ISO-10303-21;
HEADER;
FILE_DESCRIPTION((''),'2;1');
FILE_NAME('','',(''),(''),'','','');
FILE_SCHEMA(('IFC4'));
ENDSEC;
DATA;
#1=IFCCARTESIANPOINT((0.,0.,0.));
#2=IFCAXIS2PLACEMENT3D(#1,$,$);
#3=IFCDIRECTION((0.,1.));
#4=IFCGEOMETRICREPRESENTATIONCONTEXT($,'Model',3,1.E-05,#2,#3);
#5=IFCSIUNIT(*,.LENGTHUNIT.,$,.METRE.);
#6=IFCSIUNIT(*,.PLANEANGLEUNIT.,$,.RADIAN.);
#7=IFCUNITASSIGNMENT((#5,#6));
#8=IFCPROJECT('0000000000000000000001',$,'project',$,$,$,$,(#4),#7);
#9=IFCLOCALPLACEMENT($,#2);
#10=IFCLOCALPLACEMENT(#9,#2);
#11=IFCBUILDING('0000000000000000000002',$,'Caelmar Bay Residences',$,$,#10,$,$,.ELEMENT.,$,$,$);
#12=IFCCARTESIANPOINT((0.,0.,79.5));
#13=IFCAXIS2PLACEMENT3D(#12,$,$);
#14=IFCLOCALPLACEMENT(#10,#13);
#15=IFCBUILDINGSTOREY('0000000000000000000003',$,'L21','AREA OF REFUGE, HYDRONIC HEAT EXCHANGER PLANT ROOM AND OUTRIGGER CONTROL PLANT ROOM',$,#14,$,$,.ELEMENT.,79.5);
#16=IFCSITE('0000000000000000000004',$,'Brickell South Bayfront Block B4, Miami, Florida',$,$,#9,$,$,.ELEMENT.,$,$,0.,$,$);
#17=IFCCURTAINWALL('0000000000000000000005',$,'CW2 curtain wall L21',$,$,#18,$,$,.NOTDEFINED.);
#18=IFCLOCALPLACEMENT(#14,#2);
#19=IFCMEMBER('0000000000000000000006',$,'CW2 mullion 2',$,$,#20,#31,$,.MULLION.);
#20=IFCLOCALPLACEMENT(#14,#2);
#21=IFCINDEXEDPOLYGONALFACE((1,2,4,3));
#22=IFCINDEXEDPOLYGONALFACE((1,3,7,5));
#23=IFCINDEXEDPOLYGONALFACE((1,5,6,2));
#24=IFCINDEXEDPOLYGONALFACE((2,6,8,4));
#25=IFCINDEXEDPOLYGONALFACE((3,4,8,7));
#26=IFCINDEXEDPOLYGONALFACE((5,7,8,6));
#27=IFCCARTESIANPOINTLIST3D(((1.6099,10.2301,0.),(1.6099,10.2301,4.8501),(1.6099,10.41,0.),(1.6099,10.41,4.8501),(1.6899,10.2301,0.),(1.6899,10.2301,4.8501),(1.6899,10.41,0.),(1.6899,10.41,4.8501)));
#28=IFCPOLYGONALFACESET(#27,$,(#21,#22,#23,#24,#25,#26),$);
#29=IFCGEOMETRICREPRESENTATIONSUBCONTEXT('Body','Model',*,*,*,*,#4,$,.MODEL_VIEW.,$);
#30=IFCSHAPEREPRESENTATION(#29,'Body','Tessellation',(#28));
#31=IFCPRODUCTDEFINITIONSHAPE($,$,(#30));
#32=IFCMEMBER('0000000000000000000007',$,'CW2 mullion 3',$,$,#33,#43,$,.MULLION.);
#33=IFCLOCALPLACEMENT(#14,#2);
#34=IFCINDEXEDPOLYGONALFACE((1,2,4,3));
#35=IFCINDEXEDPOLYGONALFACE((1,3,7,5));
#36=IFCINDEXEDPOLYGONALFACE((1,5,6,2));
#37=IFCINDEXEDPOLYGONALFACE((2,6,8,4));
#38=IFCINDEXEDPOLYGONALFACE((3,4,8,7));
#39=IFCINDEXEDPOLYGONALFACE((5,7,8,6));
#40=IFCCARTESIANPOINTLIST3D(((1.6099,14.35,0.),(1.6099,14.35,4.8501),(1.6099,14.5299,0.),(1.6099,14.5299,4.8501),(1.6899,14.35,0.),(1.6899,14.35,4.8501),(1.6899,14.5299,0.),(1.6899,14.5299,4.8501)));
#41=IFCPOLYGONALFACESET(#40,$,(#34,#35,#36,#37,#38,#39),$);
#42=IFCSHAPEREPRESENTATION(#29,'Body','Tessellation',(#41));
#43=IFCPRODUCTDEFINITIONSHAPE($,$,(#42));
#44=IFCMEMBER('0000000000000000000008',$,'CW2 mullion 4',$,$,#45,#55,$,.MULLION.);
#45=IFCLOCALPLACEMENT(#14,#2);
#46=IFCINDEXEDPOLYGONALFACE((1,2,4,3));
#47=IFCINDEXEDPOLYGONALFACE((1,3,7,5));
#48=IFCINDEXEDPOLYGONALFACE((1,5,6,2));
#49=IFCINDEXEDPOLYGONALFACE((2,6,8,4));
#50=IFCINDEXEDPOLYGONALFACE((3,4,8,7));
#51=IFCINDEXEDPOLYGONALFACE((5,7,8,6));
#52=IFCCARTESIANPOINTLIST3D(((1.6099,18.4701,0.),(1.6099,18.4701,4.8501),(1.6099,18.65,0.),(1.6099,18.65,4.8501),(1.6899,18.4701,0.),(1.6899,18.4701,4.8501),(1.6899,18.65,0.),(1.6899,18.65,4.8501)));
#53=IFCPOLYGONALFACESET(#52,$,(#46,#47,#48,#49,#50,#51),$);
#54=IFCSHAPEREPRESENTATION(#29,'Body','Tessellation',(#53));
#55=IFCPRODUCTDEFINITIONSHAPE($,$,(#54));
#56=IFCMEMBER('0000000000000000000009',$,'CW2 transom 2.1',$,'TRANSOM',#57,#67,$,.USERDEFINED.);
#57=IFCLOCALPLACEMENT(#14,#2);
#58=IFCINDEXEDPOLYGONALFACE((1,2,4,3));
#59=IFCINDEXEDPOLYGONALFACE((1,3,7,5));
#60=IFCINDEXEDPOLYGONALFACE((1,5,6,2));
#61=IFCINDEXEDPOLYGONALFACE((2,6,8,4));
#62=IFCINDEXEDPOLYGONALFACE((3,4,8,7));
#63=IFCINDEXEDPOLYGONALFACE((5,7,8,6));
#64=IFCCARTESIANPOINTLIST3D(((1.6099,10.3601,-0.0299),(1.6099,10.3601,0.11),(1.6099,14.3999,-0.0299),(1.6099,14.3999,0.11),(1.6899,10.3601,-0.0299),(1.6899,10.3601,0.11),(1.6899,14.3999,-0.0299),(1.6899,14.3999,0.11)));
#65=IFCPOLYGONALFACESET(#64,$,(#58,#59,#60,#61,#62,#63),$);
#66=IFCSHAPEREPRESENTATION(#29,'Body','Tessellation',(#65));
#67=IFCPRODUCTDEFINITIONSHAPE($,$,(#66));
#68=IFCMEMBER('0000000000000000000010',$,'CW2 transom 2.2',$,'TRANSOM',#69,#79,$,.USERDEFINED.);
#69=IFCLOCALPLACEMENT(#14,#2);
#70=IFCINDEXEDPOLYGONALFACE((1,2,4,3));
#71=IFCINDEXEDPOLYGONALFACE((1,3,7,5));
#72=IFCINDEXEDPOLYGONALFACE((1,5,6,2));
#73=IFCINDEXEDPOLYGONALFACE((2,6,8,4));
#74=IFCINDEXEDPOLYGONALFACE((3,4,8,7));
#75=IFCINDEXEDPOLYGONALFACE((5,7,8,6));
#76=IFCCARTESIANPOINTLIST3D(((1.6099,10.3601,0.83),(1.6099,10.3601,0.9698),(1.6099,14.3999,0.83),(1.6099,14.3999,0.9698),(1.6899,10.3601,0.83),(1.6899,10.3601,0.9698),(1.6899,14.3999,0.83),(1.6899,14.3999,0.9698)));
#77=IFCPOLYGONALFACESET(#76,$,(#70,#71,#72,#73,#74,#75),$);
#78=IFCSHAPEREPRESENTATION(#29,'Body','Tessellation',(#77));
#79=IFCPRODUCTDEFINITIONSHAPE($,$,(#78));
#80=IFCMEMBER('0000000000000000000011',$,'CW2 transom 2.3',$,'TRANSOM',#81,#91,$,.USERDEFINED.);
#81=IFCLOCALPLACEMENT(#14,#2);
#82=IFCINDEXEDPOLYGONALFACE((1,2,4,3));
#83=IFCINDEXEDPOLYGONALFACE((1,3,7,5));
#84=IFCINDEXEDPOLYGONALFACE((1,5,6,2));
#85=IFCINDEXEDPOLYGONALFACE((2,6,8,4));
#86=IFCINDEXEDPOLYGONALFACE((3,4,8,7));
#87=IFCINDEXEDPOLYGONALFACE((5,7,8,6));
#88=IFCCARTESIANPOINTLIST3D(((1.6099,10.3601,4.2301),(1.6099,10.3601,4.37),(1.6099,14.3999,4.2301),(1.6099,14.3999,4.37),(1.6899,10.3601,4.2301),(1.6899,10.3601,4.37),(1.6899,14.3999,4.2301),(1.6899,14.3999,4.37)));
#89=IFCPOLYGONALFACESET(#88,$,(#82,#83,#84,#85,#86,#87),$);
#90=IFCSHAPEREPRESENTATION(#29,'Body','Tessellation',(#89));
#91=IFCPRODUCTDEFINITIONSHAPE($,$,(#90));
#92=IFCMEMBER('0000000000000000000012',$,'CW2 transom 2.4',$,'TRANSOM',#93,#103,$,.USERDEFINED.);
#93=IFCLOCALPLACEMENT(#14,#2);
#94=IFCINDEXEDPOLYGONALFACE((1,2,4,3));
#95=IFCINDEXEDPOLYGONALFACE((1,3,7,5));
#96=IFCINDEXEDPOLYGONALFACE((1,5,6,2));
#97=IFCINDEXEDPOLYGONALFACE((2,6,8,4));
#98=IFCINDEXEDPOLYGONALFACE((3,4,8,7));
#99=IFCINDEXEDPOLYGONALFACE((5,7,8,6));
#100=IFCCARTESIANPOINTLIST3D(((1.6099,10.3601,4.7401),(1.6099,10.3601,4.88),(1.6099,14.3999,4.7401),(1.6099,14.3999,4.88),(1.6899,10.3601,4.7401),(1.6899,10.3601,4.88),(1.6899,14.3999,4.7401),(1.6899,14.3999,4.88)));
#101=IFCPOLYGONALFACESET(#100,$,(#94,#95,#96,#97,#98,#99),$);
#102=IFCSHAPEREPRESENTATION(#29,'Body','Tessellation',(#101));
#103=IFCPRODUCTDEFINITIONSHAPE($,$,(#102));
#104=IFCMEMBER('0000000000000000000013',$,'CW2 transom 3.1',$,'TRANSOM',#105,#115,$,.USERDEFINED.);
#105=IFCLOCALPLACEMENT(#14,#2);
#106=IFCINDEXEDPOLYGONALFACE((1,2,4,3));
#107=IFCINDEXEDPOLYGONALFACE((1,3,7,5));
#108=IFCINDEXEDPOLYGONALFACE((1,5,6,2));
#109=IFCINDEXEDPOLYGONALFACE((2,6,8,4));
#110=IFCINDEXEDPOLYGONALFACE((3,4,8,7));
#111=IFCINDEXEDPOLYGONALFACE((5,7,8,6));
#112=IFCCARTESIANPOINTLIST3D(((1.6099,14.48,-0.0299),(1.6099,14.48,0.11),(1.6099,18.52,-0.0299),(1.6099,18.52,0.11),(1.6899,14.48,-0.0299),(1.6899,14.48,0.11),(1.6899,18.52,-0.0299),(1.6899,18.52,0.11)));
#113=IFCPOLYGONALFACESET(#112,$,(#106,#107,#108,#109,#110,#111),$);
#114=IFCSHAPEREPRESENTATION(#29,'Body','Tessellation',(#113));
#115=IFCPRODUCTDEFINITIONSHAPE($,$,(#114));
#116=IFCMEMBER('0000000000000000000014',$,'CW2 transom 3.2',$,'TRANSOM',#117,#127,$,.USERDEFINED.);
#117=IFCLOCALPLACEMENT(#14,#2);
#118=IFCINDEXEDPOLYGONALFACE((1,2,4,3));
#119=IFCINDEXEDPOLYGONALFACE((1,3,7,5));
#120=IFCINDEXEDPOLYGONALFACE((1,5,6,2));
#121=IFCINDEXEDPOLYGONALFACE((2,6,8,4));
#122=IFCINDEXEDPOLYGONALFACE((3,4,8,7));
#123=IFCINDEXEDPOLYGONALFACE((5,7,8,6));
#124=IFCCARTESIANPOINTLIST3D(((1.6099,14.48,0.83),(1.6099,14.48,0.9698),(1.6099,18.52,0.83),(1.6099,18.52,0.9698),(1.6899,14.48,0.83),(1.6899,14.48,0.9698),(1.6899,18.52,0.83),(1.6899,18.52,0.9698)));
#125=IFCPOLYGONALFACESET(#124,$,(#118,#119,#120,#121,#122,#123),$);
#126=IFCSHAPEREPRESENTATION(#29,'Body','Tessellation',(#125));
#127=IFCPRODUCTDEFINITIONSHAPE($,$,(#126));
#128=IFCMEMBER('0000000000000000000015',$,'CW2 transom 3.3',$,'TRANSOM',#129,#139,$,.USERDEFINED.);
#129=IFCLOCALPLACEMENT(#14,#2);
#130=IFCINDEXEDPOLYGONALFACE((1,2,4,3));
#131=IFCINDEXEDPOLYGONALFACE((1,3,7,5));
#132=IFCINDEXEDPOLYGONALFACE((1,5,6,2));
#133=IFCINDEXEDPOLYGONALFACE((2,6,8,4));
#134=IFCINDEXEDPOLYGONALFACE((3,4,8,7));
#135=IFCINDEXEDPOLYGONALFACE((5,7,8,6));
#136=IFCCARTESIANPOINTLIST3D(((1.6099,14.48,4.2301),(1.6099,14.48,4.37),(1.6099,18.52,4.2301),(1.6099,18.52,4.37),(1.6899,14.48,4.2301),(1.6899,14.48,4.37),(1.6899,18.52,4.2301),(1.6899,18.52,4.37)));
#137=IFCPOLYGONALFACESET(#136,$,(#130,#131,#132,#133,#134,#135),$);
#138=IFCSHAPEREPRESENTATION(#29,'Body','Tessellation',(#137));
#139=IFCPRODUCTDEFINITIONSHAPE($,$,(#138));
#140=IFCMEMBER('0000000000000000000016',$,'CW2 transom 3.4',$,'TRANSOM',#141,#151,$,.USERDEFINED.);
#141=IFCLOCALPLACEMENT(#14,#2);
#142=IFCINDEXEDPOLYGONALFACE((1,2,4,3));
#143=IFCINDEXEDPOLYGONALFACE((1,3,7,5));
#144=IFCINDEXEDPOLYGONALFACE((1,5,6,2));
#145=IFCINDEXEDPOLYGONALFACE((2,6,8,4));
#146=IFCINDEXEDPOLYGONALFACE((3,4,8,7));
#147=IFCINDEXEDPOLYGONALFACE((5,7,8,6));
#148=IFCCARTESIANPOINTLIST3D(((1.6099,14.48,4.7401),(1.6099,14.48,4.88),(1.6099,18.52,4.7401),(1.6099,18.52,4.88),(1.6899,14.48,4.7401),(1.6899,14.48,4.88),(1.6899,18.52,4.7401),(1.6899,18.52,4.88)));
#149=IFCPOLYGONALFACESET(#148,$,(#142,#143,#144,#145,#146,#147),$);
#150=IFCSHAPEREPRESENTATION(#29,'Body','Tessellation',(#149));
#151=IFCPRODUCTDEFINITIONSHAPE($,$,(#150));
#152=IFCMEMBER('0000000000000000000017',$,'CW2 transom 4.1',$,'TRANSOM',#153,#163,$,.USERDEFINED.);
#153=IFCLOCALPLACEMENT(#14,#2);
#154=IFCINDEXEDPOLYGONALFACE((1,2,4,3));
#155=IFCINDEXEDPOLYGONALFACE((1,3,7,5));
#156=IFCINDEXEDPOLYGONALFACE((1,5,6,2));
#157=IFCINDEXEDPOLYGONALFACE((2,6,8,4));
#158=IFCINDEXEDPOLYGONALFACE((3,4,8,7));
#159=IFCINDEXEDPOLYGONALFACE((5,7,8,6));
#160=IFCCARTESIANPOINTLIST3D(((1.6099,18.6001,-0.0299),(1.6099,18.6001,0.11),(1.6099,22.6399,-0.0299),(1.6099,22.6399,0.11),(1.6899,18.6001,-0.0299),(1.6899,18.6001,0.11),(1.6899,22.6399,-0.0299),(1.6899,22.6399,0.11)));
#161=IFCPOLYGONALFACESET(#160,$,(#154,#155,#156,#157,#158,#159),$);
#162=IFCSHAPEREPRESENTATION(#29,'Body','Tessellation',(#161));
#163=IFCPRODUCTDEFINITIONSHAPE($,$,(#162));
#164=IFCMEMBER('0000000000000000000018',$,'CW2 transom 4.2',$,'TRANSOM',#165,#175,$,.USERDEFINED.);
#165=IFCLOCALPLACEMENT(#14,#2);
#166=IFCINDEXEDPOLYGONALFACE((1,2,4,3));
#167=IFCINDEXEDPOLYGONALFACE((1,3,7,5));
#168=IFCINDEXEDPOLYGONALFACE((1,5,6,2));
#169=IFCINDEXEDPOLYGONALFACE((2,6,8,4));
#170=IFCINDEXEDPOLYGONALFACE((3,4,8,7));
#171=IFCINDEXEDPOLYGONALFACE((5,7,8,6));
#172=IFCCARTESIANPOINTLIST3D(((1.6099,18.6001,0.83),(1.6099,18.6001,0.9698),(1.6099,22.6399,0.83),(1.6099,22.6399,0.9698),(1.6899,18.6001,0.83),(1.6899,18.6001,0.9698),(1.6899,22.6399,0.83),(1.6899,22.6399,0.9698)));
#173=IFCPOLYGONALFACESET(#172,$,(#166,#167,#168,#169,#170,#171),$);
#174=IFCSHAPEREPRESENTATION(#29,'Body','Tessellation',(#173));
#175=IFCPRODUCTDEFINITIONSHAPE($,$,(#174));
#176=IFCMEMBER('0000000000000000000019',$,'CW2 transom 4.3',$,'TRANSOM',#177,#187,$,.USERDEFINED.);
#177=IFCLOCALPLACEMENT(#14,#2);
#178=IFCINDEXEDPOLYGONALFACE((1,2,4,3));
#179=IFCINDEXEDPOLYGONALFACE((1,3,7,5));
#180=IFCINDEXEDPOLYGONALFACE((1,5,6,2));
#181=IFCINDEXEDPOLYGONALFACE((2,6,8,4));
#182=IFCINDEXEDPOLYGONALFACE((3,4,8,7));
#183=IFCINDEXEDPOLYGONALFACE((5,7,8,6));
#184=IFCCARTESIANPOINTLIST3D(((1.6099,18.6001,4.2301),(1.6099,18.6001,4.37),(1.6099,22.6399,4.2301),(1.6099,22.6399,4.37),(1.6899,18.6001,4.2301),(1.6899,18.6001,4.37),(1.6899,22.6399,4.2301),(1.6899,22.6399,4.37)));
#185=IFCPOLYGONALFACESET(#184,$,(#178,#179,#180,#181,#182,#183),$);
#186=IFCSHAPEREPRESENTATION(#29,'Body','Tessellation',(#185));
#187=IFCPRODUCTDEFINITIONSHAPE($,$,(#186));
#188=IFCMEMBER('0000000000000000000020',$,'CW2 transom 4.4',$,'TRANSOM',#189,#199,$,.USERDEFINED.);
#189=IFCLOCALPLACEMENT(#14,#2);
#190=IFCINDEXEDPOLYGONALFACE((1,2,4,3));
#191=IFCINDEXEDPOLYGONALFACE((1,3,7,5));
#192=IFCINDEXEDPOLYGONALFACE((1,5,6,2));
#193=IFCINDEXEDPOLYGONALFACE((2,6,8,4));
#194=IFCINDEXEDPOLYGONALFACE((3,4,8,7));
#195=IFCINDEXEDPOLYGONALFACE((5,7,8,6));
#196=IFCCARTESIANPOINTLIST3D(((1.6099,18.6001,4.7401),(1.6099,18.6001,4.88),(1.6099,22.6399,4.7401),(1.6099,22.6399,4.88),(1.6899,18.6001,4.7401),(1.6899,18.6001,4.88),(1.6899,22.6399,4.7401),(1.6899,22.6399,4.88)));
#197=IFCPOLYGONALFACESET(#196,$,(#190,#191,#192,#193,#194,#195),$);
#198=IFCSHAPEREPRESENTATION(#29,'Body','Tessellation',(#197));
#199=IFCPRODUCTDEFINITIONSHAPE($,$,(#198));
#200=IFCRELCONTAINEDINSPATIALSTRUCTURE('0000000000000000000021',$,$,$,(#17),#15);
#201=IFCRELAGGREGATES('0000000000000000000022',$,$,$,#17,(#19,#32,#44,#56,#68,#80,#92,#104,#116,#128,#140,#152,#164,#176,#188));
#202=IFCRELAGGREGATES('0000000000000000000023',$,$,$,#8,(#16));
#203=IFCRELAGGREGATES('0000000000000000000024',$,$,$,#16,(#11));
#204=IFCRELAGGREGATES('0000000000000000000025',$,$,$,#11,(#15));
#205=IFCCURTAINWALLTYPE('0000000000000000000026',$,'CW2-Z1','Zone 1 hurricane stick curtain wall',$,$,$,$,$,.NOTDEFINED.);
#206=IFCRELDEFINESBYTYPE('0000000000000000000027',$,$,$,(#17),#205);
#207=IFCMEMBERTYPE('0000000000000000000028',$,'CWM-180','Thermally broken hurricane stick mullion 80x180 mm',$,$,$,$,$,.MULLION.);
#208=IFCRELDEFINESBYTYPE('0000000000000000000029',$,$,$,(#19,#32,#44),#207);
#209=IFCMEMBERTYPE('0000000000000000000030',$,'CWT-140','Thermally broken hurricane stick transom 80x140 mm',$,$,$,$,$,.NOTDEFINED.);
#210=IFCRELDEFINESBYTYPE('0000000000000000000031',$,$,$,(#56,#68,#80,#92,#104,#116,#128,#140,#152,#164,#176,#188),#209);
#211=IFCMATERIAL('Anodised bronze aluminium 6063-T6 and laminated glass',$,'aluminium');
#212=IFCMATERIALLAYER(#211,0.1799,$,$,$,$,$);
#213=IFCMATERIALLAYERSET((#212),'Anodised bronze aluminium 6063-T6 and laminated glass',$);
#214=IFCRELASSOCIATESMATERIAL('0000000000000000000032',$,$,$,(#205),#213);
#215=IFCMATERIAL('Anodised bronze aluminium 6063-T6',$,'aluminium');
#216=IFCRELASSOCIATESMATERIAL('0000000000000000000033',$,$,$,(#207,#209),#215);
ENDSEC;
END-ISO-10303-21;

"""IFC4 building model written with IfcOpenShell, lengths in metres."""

from ifc_helpers import new_model, si_unit, direction, frame, origin, origin_2d, place, context, subcontext, project, spatial, rectangle, extrude, material, layer, layer_set, material_profile, profile_set, type_object, element, aggregate, save


model = new_model("IFC4")

# Units and contexts
model_context = context("Model", 3, precision=1e-05, world=origin(), true_north=direction((0.0, 1.0)))
body_context = subcontext(model_context, "Body", "Model", "MODEL_VIEW")
ifc_project = project(units=[si_unit("LENGTHUNIT", "METRE"), si_unit("PLANEANGLEUNIT", "RADIAN")], contexts=[model_context])

# Site, building, storey
site_placement = place(None, origin())
site = spatial("IfcSite", under=ifc_project, at=site_placement, Name="Brickell South Bayfront Block B4, Miami, Florida", CompositionType="ELEMENT", RefElevation=0.0)
building_placement = place(site_placement, origin())
building = spatial("IfcBuilding", under=site, at=building_placement, Name="Caelmar Bay Residences", CompositionType="ELEMENT")
storey_placement = place(building_placement, frame((0.0, 0.0, 79.5)))
storey = spatial("IfcBuildingStorey", under=building, at=storey_placement, Name="L21", Description="AREA OF REFUGE, HYDRONIC HEAT EXCHANGER PLANT ROOM AND OUTRIGGER CONTROL PLANT ROOM", CompositionType="ELEMENT", Elevation=79.5)

# Curtain wall, members
ifc_material_1 = material(Name="Anodised bronze aluminium 6063-T6 and laminated glass", Category="aluminium")
ifc_layer_1 = layer(ifc_material_1, 0.1799)
ifc_layer_set_1 = layer_set([ifc_layer_1], Name="Anodised bronze aluminium 6063-T6 and laminated glass")
curtain_wall_type = type_object("IfcCurtainWallType", Name="CW2-Z1", Description="Zone 1 hurricane stick curtain wall", PredefinedType="NOTDEFINED", material=ifc_layer_set_1)
curtain_wall_placement = place(storey_placement, origin())
curtain_wall = element("IfcCurtainWall", 1, at=curtain_wall_placement, inside=storey, type_object=curtain_wall_type, Name="CW2 curtain wall L21", PredefinedType="NOTDEFINED")
ifc_material_2 = material(Name="Anodised bronze aluminium 6063-T6", Category="aluminium")
ifc_material_profile_1 = material_profile(ifc_material_2, rectangle(XDim=0.0801, YDim=0.1799, at=origin_2d()), Name="CWM-80X180")
ifc_profile_set_1 = profile_set([ifc_material_profile_1], Name="Anodised bronze aluminium 6063-T6")
member_type_1 = type_object("IfcMemberType", Name="CWM-180", Description="Thermally broken hurricane stick mullion 80x180 mm", PredefinedType="MULLION", material=ifc_profile_set_1)
member_1_placement = place(storey_placement, frame((1.6499, 10.3201, 0.0), z_axis=(0.0, 0.0, 1.0), x_axis=(-1.0, 0.0, 0.0)))
member_1 = element("IfcMember", 2, at=member_1_placement, type_object=member_type_1, Name="CW2 mullion 2", PredefinedType="MULLION", context=body_context, shape_type="SweptSolid", body=[
    extrude(rectangle(XDim=0.0801, YDim=0.1799, at=origin_2d()), origin(), (0.0, 0.0, 1.0), 4.8501),
])
member_2_placement = place(storey_placement, frame((1.6499, 14.4399, 0.0), z_axis=(0.0, 0.0, 1.0), x_axis=(-1.0, 0.0, 0.0)))
member_2 = element("IfcMember", 3, at=member_2_placement, type_object=member_type_1, Name="CW2 mullion 3", PredefinedType="MULLION", context=body_context, shape_type="SweptSolid", body=[
    extrude(rectangle(XDim=0.0801, YDim=0.1799, at=origin_2d()), origin(), (0.0, 0.0, 1.0), 4.8501),
])
member_3_placement = place(storey_placement, frame((1.6499, 18.5601, 0.0), z_axis=(0.0, 0.0, 1.0), x_axis=(-1.0, 0.0, 0.0)))
member_3 = element("IfcMember", 4, at=member_3_placement, type_object=member_type_1, Name="CW2 mullion 4", PredefinedType="MULLION", context=body_context, shape_type="SweptSolid", body=[
    extrude(rectangle(XDim=0.0801, YDim=0.1799, at=origin_2d()), origin(), (0.0, 0.0, 1.0), 4.8501),
])
ifc_material_profile_2 = material_profile(ifc_material_2, rectangle(XDim=0.0801, YDim=0.1399, at=origin_2d()), Name="CWT-80X140")
ifc_profile_set_2 = profile_set([ifc_material_profile_2], Name="Anodised bronze aluminium 6063-T6")
member_type_2 = type_object("IfcMemberType", Name="CWT-140", Description="Thermally broken hurricane stick transom 80x140 mm", PredefinedType="NOTDEFINED", material=ifc_profile_set_2)
member_4_placement = place(storey_placement, frame((1.6499, 10.3601, 0.04), z_axis=(0.0, 1.0, 0.0), x_axis=(-1.0, 0.0, 0.0)))
member_4 = element("IfcMember", 5, at=member_4_placement, type_object=member_type_2, Name="CW2 transom 2.1", ObjectType="TRANSOM", PredefinedType="USERDEFINED", context=body_context, shape_type="SweptSolid", body=[
    extrude(rectangle(XDim=0.0801, YDim=0.1399, at=origin_2d()), origin(), (0.0, 0.0, 1.0), 4.0398),
])
member_5_placement = place(storey_placement, frame((1.6499, 10.3601, 0.8999), z_axis=(0.0, 1.0, 0.0), x_axis=(-1.0, 0.0, 0.0)))
member_5 = element("IfcMember", 6, at=member_5_placement, type_object=member_type_2, Name="CW2 transom 2.2", ObjectType="TRANSOM", PredefinedType="USERDEFINED", context=body_context, shape_type="SweptSolid", body=[
    extrude(rectangle(XDim=0.0801, YDim=0.1399, at=origin_2d()), origin(), (0.0, 0.0, 1.0), 4.0398),
])
member_6_placement = place(storey_placement, frame((1.6499, 10.3601, 4.3), z_axis=(0.0, 1.0, 0.0), x_axis=(-1.0, 0.0, 0.0)))
member_6 = element("IfcMember", 7, at=member_6_placement, type_object=member_type_2, Name="CW2 transom 2.3", ObjectType="TRANSOM", PredefinedType="USERDEFINED", context=body_context, shape_type="SweptSolid", body=[
    extrude(rectangle(XDim=0.0801, YDim=0.1399, at=origin_2d()), origin(), (0.0, 0.0, 1.0), 4.0398),
])
member_7_placement = place(storey_placement, frame((1.6499, 10.3601, 4.8101), z_axis=(0.0, 1.0, 0.0), x_axis=(-1.0, 0.0, 0.0)))
member_7 = element("IfcMember", 8, at=member_7_placement, type_object=member_type_2, Name="CW2 transom 2.4", ObjectType="TRANSOM", PredefinedType="USERDEFINED", context=body_context, shape_type="SweptSolid", body=[
    extrude(rectangle(XDim=0.0801, YDim=0.1399, at=origin_2d()), origin(), (0.0, 0.0, 1.0), 4.0398),
])
member_8_placement = place(storey_placement, frame((1.6499, 14.48, 0.04), z_axis=(0.0, 1.0, 0.0), x_axis=(-1.0, 0.0, 0.0)))
member_8 = element("IfcMember", 9, at=member_8_placement, type_object=member_type_2, Name="CW2 transom 3.1", ObjectType="TRANSOM", PredefinedType="USERDEFINED", context=body_context, shape_type="SweptSolid", body=[
    extrude(rectangle(XDim=0.0801, YDim=0.1399, at=origin_2d()), origin(), (0.0, 0.0, 1.0), 4.04),
])
member_9_placement = place(storey_placement, frame((1.6499, 14.48, 0.8999), z_axis=(0.0, 1.0, 0.0), x_axis=(-1.0, 0.0, 0.0)))
member_9 = element("IfcMember", 10, at=member_9_placement, type_object=member_type_2, Name="CW2 transom 3.2", ObjectType="TRANSOM", PredefinedType="USERDEFINED", context=body_context, shape_type="SweptSolid", body=[
    extrude(rectangle(XDim=0.0801, YDim=0.1399, at=origin_2d()), origin(), (0.0, 0.0, 1.0), 4.04),
])
member_10_placement = place(storey_placement, frame((1.6499, 14.48, 4.3), z_axis=(0.0, 1.0, 0.0), x_axis=(-1.0, 0.0, 0.0)))
member_10 = element("IfcMember", 11, at=member_10_placement, type_object=member_type_2, Name="CW2 transom 3.3", ObjectType="TRANSOM", PredefinedType="USERDEFINED", context=body_context, shape_type="SweptSolid", body=[
    extrude(rectangle(XDim=0.0801, YDim=0.1399, at=origin_2d()), origin(), (0.0, 0.0, 1.0), 4.04),
])
member_11_placement = place(storey_placement, frame((1.6499, 14.48, 4.8101), z_axis=(0.0, 1.0, 0.0), x_axis=(-1.0, 0.0, 0.0)))
member_11 = element("IfcMember", 12, at=member_11_placement, type_object=member_type_2, Name="CW2 transom 3.4", ObjectType="TRANSOM", PredefinedType="USERDEFINED", context=body_context, shape_type="SweptSolid", body=[
    extrude(rectangle(XDim=0.0801, YDim=0.1399, at=origin_2d()), origin(), (0.0, 0.0, 1.0), 4.04),
])
member_12_placement = place(storey_placement, frame((1.6499, 18.6001, 0.04), z_axis=(0.0, 1.0, 0.0), x_axis=(-1.0, 0.0, 0.0)))
member_12 = element("IfcMember", 13, at=member_12_placement, type_object=member_type_2, Name="CW2 transom 4.1", ObjectType="TRANSOM", PredefinedType="USERDEFINED", context=body_context, shape_type="SweptSolid", body=[
    extrude(rectangle(XDim=0.0801, YDim=0.1399, at=origin_2d()), origin(), (0.0, 0.0, 1.0), 4.0398),
])
member_13_placement = place(storey_placement, frame((1.6499, 18.6001, 0.8999), z_axis=(0.0, 1.0, 0.0), x_axis=(-1.0, 0.0, 0.0)))
member_13 = element("IfcMember", 14, at=member_13_placement, type_object=member_type_2, Name="CW2 transom 4.2", ObjectType="TRANSOM", PredefinedType="USERDEFINED", context=body_context, shape_type="SweptSolid", body=[
    extrude(rectangle(XDim=0.0801, YDim=0.1399, at=origin_2d()), origin(), (0.0, 0.0, 1.0), 4.0398),
])
member_14_placement = place(storey_placement, frame((1.6499, 18.6001, 4.3), z_axis=(0.0, 1.0, 0.0), x_axis=(-1.0, 0.0, 0.0)))
member_14 = element("IfcMember", 15, at=member_14_placement, type_object=member_type_2, Name="CW2 transom 4.3", ObjectType="TRANSOM", PredefinedType="USERDEFINED", context=body_context, shape_type="SweptSolid", body=[
    extrude(rectangle(XDim=0.0801, YDim=0.1399, at=origin_2d()), origin(), (0.0, 0.0, 1.0), 4.0398),
])
member_15_placement = place(storey_placement, frame((1.6499, 18.6001, 4.8101), z_axis=(0.0, 1.0, 0.0), x_axis=(-1.0, 0.0, 0.0)))
member_15 = element("IfcMember", 16, at=member_15_placement, type_object=member_type_2, Name="CW2 transom 4.4", ObjectType="TRANSOM", PredefinedType="USERDEFINED", context=body_context, shape_type="SweptSolid", body=[
    extrude(rectangle(XDim=0.0801, YDim=0.1399, at=origin_2d()), origin(), (0.0, 0.0, 1.0), 4.0398),
])
aggregate(curtain_wall, [member_1, member_2, member_3, member_4, member_5, member_6, member_7, member_8, member_9, member_10, member_11, member_12, member_13, member_14, member_15])

save(model, "model.ifc")
